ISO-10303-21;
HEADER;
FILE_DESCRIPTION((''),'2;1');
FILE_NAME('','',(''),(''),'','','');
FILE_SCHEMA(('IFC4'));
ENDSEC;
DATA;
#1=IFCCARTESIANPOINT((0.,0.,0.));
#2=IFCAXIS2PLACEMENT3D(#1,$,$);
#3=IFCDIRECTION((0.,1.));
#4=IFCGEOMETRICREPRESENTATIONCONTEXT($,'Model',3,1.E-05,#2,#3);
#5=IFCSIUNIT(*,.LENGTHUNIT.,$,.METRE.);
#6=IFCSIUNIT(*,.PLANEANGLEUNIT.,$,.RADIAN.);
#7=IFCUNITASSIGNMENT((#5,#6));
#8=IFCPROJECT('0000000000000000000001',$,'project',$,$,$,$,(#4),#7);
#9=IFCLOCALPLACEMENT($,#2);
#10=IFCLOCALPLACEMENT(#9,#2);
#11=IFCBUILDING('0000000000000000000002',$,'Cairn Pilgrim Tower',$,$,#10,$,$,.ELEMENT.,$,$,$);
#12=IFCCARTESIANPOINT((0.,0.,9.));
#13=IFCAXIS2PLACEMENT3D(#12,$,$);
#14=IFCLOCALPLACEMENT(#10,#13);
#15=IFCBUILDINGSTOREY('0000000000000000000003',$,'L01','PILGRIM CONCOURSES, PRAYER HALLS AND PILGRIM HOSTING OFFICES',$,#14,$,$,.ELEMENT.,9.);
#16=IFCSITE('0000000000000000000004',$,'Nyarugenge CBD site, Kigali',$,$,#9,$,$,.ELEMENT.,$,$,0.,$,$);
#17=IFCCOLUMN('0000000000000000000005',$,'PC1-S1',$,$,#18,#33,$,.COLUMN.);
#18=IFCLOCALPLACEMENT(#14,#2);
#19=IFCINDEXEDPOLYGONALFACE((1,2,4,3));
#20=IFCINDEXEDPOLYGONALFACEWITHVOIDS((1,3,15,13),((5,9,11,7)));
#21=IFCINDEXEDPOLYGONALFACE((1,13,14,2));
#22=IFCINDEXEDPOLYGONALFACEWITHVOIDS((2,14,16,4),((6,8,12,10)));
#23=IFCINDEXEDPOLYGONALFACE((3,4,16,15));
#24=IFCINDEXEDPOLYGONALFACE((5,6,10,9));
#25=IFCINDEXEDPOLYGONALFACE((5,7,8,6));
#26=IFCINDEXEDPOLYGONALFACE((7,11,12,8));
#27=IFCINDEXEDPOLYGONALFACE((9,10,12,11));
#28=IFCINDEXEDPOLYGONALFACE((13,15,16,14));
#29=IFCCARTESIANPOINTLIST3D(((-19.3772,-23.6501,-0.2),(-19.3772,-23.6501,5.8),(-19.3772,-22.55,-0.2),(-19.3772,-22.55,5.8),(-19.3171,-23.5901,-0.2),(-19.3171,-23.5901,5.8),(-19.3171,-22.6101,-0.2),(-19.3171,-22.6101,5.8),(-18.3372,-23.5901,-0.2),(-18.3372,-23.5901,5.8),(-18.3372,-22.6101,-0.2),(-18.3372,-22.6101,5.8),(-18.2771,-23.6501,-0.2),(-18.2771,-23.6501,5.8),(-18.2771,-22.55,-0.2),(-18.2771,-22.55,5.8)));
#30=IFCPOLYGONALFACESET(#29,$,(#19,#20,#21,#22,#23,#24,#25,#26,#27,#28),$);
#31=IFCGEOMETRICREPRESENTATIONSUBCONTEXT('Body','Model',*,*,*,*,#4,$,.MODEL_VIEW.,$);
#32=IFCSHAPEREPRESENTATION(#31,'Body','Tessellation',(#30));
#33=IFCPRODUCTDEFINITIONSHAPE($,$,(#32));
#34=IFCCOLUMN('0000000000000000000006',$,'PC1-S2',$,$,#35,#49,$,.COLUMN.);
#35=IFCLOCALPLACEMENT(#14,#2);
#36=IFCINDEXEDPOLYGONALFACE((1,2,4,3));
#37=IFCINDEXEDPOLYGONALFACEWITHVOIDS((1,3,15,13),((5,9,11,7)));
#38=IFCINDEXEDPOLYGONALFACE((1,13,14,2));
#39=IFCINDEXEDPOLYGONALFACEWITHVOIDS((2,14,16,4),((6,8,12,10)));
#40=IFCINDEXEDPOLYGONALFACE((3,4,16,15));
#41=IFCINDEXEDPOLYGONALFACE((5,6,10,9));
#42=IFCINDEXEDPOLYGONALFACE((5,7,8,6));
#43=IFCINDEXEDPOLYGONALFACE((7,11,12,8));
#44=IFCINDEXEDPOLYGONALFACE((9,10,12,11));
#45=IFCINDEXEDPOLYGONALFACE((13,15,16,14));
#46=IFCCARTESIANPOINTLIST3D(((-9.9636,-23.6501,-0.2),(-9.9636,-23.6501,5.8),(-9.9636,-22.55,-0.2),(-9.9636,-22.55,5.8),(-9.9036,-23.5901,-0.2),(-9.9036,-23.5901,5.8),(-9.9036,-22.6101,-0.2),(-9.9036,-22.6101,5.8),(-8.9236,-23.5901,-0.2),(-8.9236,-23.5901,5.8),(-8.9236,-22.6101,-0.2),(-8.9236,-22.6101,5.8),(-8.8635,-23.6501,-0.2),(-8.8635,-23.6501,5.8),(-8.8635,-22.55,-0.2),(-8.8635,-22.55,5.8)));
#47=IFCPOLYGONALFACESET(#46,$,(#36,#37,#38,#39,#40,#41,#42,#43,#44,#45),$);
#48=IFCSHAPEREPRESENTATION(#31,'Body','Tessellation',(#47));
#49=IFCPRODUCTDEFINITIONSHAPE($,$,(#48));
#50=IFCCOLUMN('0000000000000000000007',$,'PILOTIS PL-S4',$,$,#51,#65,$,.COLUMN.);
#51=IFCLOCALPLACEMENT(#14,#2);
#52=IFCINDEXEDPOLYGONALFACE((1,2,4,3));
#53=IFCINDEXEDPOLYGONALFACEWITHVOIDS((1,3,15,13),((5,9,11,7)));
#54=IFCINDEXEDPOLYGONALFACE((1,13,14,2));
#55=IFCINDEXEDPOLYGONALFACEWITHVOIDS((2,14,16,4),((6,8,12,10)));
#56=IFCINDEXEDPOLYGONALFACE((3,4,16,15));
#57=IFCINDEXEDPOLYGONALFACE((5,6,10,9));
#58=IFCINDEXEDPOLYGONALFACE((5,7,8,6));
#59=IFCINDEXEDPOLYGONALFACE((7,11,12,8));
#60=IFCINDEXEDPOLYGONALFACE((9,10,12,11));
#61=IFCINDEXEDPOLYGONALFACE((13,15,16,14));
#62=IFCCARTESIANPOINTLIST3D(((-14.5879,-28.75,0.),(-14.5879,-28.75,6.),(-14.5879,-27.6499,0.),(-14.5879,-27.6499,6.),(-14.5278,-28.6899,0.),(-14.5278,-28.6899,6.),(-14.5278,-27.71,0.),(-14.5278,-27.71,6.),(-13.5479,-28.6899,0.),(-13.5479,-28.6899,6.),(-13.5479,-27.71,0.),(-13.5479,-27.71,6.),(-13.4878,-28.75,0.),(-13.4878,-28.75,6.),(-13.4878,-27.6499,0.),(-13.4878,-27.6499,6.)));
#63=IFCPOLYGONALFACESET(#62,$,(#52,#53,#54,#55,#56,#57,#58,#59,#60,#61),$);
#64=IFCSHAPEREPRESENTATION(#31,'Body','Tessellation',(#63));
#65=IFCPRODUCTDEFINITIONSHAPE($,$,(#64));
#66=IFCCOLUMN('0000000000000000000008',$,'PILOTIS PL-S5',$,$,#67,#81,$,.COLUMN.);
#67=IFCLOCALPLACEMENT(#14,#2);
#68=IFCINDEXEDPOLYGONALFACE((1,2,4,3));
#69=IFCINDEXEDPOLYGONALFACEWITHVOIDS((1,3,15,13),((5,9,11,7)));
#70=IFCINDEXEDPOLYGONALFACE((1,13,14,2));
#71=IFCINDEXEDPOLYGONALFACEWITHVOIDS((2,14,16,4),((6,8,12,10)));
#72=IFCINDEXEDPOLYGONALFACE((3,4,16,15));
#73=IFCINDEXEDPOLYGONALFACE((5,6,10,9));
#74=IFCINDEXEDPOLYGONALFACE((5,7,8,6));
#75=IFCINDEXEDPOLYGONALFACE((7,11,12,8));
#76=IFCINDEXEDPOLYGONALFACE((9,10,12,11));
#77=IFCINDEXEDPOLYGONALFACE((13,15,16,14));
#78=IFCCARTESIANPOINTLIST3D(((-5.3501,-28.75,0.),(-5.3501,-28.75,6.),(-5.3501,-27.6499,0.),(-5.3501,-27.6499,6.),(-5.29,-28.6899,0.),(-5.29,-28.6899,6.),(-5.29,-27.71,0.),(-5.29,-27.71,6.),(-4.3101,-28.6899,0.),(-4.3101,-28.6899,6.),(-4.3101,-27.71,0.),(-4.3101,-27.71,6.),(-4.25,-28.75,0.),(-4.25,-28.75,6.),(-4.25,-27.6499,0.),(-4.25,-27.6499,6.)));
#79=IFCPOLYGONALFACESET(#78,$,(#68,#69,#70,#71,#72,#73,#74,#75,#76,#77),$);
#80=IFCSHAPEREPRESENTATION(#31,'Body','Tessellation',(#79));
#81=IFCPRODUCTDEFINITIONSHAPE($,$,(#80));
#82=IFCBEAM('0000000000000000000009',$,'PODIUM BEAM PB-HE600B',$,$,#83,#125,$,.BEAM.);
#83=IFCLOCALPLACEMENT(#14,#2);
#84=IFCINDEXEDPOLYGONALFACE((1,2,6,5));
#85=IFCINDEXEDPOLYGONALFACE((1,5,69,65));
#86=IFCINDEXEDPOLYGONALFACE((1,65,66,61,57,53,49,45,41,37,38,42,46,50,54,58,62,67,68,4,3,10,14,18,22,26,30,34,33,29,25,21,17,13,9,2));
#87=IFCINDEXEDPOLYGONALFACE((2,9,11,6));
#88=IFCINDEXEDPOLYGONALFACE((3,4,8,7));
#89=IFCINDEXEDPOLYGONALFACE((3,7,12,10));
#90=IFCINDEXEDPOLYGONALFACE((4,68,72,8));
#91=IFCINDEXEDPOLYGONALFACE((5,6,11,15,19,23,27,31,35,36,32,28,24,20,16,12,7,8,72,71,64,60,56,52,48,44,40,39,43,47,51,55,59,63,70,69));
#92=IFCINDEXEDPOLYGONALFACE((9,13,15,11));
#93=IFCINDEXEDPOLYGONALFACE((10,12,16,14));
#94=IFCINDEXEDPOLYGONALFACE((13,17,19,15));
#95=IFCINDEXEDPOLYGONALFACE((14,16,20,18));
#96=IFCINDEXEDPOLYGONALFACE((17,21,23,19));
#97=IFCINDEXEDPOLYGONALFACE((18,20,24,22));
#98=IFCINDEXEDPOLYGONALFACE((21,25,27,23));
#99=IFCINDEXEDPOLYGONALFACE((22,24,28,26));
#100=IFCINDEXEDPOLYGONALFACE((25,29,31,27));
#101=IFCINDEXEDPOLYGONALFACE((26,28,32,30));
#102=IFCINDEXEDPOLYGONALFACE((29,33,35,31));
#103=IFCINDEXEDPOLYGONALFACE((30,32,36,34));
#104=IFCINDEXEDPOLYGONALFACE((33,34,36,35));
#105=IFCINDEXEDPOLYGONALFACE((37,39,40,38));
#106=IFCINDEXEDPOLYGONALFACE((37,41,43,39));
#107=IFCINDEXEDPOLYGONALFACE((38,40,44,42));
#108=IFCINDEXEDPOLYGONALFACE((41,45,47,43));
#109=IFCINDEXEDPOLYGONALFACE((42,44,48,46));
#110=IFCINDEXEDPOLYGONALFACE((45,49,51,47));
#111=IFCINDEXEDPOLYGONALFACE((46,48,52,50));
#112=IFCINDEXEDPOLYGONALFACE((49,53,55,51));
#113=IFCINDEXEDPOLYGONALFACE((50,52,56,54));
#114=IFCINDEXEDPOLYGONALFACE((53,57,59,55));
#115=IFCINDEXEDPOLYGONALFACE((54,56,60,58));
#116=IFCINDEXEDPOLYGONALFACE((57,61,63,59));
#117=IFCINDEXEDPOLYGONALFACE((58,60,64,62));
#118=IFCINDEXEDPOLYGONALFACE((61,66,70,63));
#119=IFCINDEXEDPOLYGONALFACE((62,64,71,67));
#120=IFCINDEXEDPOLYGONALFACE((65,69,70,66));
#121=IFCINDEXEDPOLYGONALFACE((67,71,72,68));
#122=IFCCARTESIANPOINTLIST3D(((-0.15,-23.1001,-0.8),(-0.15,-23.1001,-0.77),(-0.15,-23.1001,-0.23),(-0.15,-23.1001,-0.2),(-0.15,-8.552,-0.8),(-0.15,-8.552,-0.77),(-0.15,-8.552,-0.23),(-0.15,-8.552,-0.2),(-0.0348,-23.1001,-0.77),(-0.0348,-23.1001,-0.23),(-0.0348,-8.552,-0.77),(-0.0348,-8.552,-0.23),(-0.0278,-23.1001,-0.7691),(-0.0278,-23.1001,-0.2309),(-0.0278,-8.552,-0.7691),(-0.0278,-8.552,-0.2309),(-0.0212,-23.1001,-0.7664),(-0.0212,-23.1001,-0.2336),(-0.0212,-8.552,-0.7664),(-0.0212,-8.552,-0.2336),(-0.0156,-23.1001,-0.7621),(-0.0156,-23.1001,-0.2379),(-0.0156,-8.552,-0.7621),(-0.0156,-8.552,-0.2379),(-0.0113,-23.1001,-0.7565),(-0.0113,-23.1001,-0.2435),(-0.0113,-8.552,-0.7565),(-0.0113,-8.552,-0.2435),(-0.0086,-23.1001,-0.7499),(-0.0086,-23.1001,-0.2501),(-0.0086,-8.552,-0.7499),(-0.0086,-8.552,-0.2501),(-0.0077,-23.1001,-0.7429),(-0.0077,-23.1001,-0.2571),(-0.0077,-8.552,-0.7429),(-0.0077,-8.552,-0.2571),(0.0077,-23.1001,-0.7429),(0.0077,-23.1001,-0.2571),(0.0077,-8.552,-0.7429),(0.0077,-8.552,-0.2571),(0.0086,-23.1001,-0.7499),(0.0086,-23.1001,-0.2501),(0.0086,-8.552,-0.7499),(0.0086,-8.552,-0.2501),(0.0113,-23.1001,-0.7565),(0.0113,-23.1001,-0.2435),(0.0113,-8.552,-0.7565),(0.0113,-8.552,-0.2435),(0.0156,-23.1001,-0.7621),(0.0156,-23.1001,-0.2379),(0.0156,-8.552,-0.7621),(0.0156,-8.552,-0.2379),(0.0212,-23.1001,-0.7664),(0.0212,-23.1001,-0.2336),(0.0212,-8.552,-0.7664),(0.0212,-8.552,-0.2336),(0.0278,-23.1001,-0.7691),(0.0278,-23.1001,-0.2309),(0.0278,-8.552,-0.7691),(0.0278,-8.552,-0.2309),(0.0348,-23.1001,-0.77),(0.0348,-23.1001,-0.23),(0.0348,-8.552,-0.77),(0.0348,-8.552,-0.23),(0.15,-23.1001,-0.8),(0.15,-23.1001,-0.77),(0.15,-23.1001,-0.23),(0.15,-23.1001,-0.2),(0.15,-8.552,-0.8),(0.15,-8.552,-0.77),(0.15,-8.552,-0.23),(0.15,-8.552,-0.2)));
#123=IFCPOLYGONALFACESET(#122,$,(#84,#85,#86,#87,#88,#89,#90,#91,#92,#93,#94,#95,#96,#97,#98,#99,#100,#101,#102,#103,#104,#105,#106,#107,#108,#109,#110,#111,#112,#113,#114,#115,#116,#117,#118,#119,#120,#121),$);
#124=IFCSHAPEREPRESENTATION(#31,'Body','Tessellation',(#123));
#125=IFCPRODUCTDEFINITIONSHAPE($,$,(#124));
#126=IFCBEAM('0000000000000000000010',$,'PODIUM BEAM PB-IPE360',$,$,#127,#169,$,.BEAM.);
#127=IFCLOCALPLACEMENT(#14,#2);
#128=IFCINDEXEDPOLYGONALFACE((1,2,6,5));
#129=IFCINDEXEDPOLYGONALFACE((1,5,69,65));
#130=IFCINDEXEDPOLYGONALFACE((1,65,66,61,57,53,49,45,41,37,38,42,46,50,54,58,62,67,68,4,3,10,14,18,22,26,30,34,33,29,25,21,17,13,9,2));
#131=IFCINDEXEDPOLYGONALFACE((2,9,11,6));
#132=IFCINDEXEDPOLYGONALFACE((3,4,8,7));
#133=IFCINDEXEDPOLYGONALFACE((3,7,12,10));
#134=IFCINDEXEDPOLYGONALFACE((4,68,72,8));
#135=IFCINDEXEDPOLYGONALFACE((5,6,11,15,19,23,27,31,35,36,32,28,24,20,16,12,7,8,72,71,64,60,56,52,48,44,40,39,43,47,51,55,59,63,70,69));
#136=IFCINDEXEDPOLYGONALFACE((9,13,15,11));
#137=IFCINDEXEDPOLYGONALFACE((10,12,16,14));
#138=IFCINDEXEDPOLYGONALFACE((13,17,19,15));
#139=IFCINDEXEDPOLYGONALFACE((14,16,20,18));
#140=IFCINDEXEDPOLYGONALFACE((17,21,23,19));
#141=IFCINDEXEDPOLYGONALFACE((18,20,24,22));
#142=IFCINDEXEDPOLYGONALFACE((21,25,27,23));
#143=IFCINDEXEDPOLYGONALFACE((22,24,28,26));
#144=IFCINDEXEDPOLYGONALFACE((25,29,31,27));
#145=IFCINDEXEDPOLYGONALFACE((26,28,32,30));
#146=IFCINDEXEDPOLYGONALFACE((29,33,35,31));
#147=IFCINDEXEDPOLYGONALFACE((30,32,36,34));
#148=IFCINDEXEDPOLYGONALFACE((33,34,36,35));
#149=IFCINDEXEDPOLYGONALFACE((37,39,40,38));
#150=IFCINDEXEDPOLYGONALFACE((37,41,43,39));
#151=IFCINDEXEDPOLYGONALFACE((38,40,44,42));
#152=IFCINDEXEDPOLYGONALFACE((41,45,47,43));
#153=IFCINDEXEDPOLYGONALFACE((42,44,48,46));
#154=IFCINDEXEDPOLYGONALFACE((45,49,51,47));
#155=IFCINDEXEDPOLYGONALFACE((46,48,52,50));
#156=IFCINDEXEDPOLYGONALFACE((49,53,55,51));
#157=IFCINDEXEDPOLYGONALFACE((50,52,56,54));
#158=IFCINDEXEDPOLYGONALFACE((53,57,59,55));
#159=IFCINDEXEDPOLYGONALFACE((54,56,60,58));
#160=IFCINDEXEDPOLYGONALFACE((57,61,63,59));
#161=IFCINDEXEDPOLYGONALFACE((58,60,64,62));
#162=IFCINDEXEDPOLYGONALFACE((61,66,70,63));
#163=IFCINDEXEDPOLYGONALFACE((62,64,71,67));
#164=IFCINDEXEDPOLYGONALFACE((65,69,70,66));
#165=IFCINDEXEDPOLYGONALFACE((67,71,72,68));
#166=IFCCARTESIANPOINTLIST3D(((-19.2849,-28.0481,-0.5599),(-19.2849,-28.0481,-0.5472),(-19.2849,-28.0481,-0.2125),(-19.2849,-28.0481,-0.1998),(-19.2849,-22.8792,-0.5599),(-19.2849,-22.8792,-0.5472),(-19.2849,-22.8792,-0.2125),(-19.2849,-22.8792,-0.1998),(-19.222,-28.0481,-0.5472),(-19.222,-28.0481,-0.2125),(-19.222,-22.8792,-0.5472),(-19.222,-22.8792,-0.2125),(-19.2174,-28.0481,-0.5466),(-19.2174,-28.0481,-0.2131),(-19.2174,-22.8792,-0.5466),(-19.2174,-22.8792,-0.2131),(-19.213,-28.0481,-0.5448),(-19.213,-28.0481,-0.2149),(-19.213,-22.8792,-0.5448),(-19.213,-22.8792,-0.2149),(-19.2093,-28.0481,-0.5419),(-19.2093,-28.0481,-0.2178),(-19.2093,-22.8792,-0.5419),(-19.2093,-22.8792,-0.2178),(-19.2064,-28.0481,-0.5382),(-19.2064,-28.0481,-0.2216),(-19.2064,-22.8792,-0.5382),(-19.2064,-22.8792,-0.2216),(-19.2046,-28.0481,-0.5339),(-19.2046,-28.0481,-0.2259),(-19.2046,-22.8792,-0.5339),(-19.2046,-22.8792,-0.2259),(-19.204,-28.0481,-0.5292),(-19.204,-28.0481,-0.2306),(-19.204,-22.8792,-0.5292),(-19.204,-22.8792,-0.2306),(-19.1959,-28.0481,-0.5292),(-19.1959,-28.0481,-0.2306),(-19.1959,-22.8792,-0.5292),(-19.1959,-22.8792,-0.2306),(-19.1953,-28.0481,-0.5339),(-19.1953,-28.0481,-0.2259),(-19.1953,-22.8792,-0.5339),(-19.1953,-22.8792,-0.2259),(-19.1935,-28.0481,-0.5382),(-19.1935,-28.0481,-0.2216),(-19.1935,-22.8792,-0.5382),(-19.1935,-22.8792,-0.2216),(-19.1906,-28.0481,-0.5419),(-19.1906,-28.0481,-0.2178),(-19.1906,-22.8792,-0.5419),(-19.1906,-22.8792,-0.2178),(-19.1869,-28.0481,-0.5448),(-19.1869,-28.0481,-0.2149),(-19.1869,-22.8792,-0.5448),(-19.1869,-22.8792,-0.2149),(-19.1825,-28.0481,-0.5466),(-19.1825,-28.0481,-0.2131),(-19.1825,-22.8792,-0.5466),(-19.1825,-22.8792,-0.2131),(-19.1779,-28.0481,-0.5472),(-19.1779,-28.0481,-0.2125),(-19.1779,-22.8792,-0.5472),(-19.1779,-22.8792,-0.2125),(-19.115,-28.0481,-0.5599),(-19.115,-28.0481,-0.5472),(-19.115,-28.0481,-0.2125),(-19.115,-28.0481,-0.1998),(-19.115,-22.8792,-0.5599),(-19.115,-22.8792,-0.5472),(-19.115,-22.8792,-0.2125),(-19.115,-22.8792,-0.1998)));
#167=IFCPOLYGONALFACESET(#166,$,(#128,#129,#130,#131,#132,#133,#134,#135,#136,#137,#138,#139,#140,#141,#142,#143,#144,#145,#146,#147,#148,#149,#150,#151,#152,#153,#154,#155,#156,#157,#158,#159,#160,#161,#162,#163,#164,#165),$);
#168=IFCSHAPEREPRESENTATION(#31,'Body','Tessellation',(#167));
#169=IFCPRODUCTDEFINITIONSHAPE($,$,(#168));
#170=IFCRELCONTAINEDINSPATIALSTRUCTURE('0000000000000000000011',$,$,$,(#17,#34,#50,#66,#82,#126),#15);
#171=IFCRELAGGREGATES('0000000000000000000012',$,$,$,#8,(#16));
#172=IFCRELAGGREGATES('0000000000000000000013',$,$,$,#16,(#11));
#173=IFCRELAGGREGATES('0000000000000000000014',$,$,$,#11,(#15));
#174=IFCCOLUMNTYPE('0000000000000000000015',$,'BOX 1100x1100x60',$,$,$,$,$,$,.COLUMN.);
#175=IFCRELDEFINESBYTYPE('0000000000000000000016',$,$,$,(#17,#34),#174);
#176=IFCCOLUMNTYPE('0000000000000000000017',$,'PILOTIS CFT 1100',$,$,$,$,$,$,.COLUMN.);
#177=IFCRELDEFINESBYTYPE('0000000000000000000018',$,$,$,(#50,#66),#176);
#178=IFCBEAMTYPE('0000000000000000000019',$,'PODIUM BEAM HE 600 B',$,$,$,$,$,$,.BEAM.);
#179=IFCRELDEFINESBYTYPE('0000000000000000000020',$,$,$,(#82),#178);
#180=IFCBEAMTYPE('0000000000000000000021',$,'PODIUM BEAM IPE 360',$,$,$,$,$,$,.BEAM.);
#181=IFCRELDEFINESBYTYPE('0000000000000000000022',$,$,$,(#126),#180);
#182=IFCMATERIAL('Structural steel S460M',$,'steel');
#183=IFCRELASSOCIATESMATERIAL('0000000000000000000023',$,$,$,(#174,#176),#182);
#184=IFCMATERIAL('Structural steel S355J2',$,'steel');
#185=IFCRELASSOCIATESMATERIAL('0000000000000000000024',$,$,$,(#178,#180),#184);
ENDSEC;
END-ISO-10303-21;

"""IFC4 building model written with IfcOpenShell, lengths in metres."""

from ifc_helpers import new_model, si_unit, direction, frame, origin, origin_2d, place, context, subcontext, project, spatial, hollow_rectangle, i_section, extrude, material, material_profile, profile_set, type_object, element, save


model = new_model("IFC4")

# Units and contexts
model_context = context("Model", 3, precision=1e-05, world=origin(), true_north=direction((0.0, 1.0)))
body_context = subcontext(model_context, "Body", "Model", "MODEL_VIEW")
ifc_project = project(units=[si_unit("LENGTHUNIT", "METRE"), si_unit("PLANEANGLEUNIT", "RADIAN")], contexts=[model_context])

# Site, building, storey
site_placement = place(None, origin())
site = spatial("IfcSite", under=ifc_project, at=site_placement, Name="Nyarugenge CBD site, Kigali", CompositionType="ELEMENT", RefElevation=0.0)
building_placement = place(site_placement, origin())
building = spatial("IfcBuilding", under=site, at=building_placement, Name="Cairn Pilgrim Tower", CompositionType="ELEMENT")
storey_placement = place(building_placement, frame((0.0, 0.0, 9.0)))
storey = spatial("IfcBuildingStorey", under=building, at=storey_placement, Name="L01", Description="PILGRIM CONCOURSES, PRAYER HALLS AND PILGRIM HOSTING OFFICES", CompositionType="ELEMENT", Elevation=9.0)

# Columns
ifc_material_1 = material(Name="Structural steel S460M", Category="steel")
ifc_material_profile_1 = material_profile(ifc_material_1, hollow_rectangle(XDim=1.1001, YDim=1.1001, WallThickness=0.0601, at=origin_2d()), Name="BOX 1100x1100x60")
ifc_profile_set_1 = profile_set([ifc_material_profile_1], Name="Structural steel S460M")
column_type_1 = type_object("IfcColumnType", Name="BOX 1100x1100x60", PredefinedType="COLUMN", material=ifc_profile_set_1)
for number, where, z_axis, x_axis, name in (
    (1, (-18.8271, -23.1001, -0.2), (0.0, 0.0, 1.0), (1.0, 0.0, 0.0), "PC1-S1"),
    (2, (-9.4136, -23.1001, -0.2), (0.0, 0.0, 1.0), (1.0, 0.0, 0.0), "PC1-S2"),
):
    element("IfcColumn", number, at=place(storey_placement, frame(where, z_axis=z_axis, x_axis=x_axis)), inside=storey, type_object=column_type_1, Name=name, PredefinedType="COLUMN", context=body_context, shape_type="SweptSolid", body=[
        extrude(hollow_rectangle(XDim=1.1001, YDim=1.1001, WallThickness=0.0601, at=origin_2d()), origin(), (0.0, 0.0, 1.0), 6.0),
    ])
ifc_material_profile_2 = material_profile(ifc_material_1, hollow_rectangle(XDim=1.1001, YDim=1.1001, WallThickness=0.0601, at=origin_2d()), Name="BOX 1100x1100x60")
ifc_profile_set_2 = profile_set([ifc_material_profile_2], Name="Structural steel S460M")
column_type_2 = type_object("IfcColumnType", Name="PILOTIS CFT 1100", PredefinedType="COLUMN", material=ifc_profile_set_2)
for number, where, z_axis, x_axis, name in (
    (3, (-14.0378, -28.2, 0.0), (0.0, 0.0, 1.0), (1.0, 0.0, 0.0), "PILOTIS PL-S4"),
    (4, (-4.8, -28.2, 0.0), (0.0, 0.0, 1.0), (1.0, 0.0, 0.0), "PILOTIS PL-S5"),
):
    element("IfcColumn", number, at=place(storey_placement, frame(where, z_axis=z_axis, x_axis=x_axis)), inside=storey, type_object=column_type_2, Name=name, PredefinedType="COLUMN", context=body_context, shape_type="SweptSolid", body=[
        extrude(hollow_rectangle(XDim=1.1001, YDim=1.1001, WallThickness=0.0601, at=origin_2d()), origin(), (0.0, 0.0, 1.0), 6.0),
    ])

# Beams
ifc_material_2 = material(Name="Structural steel S355J2", Category="steel")
ifc_material_profile_3 = material_profile(ifc_material_2, i_section(OverallWidth=0.3, OverallDepth=0.6001, WebThickness=0.0154, FlangeThickness=0.03, FilletRadius=0.0271, at=origin_2d()), Name="HEB 600")
ifc_profile_set_3 = profile_set([ifc_material_profile_3], Name="Structural steel S355J2")
beam_type_1 = type_object("IfcBeamType", Name="PODIUM BEAM HE 600 B", PredefinedType="BEAM", material=ifc_profile_set_3)
beam_1_placement = place(storey_placement, frame((0.0, -23.1001, -0.5), z_axis=(0.0, 1.0, 0.0), x_axis=(-1.0, 0.0, 0.0)))
element("IfcBeam", 5, at=beam_1_placement, inside=storey, type_object=beam_type_1, Name="PODIUM BEAM PB-HE600B", PredefinedType="BEAM", context=body_context, shape_type="SweptSolid", body=[
    extrude(i_section(OverallWidth=0.3, OverallDepth=0.6001, WebThickness=0.0154, FlangeThickness=0.03, FilletRadius=0.0271, at=origin_2d()), origin(), (0.0, 0.0, 1.0), 14.5481),
])
ifc_material_profile_4 = material_profile(ifc_material_2, i_section(OverallWidth=0.1699, OverallDepth=0.3601, WebThickness=0.0081, FlangeThickness=0.0127, FilletRadius=0.0181, at=origin_2d()), Name="IPE 360")
ifc_profile_set_4 = profile_set([ifc_material_profile_4], Name="Structural steel S355J2")
beam_type_2 = type_object("IfcBeamType", Name="PODIUM BEAM IPE 360", PredefinedType="BEAM", material=ifc_profile_set_4)
beam_2_placement = place(storey_placement, frame((-19.2, -28.0481, -0.3799), z_axis=(0.0, 1.0, 0.0), x_axis=(-1.0, 0.0, 0.0)))
element("IfcBeam", 6, at=beam_2_placement, inside=storey, type_object=beam_type_2, Name="PODIUM BEAM PB-IPE360", PredefinedType="BEAM", context=body_context, shape_type="SweptSolid", body=[
    extrude(i_section(OverallWidth=0.1699, OverallDepth=0.3601, WebThickness=0.0081, FlangeThickness=0.0127, FilletRadius=0.0181, at=origin_2d()), origin(), (0.0, 0.0, 1.0), 5.1689),
])

save(model, "model.ifc")
